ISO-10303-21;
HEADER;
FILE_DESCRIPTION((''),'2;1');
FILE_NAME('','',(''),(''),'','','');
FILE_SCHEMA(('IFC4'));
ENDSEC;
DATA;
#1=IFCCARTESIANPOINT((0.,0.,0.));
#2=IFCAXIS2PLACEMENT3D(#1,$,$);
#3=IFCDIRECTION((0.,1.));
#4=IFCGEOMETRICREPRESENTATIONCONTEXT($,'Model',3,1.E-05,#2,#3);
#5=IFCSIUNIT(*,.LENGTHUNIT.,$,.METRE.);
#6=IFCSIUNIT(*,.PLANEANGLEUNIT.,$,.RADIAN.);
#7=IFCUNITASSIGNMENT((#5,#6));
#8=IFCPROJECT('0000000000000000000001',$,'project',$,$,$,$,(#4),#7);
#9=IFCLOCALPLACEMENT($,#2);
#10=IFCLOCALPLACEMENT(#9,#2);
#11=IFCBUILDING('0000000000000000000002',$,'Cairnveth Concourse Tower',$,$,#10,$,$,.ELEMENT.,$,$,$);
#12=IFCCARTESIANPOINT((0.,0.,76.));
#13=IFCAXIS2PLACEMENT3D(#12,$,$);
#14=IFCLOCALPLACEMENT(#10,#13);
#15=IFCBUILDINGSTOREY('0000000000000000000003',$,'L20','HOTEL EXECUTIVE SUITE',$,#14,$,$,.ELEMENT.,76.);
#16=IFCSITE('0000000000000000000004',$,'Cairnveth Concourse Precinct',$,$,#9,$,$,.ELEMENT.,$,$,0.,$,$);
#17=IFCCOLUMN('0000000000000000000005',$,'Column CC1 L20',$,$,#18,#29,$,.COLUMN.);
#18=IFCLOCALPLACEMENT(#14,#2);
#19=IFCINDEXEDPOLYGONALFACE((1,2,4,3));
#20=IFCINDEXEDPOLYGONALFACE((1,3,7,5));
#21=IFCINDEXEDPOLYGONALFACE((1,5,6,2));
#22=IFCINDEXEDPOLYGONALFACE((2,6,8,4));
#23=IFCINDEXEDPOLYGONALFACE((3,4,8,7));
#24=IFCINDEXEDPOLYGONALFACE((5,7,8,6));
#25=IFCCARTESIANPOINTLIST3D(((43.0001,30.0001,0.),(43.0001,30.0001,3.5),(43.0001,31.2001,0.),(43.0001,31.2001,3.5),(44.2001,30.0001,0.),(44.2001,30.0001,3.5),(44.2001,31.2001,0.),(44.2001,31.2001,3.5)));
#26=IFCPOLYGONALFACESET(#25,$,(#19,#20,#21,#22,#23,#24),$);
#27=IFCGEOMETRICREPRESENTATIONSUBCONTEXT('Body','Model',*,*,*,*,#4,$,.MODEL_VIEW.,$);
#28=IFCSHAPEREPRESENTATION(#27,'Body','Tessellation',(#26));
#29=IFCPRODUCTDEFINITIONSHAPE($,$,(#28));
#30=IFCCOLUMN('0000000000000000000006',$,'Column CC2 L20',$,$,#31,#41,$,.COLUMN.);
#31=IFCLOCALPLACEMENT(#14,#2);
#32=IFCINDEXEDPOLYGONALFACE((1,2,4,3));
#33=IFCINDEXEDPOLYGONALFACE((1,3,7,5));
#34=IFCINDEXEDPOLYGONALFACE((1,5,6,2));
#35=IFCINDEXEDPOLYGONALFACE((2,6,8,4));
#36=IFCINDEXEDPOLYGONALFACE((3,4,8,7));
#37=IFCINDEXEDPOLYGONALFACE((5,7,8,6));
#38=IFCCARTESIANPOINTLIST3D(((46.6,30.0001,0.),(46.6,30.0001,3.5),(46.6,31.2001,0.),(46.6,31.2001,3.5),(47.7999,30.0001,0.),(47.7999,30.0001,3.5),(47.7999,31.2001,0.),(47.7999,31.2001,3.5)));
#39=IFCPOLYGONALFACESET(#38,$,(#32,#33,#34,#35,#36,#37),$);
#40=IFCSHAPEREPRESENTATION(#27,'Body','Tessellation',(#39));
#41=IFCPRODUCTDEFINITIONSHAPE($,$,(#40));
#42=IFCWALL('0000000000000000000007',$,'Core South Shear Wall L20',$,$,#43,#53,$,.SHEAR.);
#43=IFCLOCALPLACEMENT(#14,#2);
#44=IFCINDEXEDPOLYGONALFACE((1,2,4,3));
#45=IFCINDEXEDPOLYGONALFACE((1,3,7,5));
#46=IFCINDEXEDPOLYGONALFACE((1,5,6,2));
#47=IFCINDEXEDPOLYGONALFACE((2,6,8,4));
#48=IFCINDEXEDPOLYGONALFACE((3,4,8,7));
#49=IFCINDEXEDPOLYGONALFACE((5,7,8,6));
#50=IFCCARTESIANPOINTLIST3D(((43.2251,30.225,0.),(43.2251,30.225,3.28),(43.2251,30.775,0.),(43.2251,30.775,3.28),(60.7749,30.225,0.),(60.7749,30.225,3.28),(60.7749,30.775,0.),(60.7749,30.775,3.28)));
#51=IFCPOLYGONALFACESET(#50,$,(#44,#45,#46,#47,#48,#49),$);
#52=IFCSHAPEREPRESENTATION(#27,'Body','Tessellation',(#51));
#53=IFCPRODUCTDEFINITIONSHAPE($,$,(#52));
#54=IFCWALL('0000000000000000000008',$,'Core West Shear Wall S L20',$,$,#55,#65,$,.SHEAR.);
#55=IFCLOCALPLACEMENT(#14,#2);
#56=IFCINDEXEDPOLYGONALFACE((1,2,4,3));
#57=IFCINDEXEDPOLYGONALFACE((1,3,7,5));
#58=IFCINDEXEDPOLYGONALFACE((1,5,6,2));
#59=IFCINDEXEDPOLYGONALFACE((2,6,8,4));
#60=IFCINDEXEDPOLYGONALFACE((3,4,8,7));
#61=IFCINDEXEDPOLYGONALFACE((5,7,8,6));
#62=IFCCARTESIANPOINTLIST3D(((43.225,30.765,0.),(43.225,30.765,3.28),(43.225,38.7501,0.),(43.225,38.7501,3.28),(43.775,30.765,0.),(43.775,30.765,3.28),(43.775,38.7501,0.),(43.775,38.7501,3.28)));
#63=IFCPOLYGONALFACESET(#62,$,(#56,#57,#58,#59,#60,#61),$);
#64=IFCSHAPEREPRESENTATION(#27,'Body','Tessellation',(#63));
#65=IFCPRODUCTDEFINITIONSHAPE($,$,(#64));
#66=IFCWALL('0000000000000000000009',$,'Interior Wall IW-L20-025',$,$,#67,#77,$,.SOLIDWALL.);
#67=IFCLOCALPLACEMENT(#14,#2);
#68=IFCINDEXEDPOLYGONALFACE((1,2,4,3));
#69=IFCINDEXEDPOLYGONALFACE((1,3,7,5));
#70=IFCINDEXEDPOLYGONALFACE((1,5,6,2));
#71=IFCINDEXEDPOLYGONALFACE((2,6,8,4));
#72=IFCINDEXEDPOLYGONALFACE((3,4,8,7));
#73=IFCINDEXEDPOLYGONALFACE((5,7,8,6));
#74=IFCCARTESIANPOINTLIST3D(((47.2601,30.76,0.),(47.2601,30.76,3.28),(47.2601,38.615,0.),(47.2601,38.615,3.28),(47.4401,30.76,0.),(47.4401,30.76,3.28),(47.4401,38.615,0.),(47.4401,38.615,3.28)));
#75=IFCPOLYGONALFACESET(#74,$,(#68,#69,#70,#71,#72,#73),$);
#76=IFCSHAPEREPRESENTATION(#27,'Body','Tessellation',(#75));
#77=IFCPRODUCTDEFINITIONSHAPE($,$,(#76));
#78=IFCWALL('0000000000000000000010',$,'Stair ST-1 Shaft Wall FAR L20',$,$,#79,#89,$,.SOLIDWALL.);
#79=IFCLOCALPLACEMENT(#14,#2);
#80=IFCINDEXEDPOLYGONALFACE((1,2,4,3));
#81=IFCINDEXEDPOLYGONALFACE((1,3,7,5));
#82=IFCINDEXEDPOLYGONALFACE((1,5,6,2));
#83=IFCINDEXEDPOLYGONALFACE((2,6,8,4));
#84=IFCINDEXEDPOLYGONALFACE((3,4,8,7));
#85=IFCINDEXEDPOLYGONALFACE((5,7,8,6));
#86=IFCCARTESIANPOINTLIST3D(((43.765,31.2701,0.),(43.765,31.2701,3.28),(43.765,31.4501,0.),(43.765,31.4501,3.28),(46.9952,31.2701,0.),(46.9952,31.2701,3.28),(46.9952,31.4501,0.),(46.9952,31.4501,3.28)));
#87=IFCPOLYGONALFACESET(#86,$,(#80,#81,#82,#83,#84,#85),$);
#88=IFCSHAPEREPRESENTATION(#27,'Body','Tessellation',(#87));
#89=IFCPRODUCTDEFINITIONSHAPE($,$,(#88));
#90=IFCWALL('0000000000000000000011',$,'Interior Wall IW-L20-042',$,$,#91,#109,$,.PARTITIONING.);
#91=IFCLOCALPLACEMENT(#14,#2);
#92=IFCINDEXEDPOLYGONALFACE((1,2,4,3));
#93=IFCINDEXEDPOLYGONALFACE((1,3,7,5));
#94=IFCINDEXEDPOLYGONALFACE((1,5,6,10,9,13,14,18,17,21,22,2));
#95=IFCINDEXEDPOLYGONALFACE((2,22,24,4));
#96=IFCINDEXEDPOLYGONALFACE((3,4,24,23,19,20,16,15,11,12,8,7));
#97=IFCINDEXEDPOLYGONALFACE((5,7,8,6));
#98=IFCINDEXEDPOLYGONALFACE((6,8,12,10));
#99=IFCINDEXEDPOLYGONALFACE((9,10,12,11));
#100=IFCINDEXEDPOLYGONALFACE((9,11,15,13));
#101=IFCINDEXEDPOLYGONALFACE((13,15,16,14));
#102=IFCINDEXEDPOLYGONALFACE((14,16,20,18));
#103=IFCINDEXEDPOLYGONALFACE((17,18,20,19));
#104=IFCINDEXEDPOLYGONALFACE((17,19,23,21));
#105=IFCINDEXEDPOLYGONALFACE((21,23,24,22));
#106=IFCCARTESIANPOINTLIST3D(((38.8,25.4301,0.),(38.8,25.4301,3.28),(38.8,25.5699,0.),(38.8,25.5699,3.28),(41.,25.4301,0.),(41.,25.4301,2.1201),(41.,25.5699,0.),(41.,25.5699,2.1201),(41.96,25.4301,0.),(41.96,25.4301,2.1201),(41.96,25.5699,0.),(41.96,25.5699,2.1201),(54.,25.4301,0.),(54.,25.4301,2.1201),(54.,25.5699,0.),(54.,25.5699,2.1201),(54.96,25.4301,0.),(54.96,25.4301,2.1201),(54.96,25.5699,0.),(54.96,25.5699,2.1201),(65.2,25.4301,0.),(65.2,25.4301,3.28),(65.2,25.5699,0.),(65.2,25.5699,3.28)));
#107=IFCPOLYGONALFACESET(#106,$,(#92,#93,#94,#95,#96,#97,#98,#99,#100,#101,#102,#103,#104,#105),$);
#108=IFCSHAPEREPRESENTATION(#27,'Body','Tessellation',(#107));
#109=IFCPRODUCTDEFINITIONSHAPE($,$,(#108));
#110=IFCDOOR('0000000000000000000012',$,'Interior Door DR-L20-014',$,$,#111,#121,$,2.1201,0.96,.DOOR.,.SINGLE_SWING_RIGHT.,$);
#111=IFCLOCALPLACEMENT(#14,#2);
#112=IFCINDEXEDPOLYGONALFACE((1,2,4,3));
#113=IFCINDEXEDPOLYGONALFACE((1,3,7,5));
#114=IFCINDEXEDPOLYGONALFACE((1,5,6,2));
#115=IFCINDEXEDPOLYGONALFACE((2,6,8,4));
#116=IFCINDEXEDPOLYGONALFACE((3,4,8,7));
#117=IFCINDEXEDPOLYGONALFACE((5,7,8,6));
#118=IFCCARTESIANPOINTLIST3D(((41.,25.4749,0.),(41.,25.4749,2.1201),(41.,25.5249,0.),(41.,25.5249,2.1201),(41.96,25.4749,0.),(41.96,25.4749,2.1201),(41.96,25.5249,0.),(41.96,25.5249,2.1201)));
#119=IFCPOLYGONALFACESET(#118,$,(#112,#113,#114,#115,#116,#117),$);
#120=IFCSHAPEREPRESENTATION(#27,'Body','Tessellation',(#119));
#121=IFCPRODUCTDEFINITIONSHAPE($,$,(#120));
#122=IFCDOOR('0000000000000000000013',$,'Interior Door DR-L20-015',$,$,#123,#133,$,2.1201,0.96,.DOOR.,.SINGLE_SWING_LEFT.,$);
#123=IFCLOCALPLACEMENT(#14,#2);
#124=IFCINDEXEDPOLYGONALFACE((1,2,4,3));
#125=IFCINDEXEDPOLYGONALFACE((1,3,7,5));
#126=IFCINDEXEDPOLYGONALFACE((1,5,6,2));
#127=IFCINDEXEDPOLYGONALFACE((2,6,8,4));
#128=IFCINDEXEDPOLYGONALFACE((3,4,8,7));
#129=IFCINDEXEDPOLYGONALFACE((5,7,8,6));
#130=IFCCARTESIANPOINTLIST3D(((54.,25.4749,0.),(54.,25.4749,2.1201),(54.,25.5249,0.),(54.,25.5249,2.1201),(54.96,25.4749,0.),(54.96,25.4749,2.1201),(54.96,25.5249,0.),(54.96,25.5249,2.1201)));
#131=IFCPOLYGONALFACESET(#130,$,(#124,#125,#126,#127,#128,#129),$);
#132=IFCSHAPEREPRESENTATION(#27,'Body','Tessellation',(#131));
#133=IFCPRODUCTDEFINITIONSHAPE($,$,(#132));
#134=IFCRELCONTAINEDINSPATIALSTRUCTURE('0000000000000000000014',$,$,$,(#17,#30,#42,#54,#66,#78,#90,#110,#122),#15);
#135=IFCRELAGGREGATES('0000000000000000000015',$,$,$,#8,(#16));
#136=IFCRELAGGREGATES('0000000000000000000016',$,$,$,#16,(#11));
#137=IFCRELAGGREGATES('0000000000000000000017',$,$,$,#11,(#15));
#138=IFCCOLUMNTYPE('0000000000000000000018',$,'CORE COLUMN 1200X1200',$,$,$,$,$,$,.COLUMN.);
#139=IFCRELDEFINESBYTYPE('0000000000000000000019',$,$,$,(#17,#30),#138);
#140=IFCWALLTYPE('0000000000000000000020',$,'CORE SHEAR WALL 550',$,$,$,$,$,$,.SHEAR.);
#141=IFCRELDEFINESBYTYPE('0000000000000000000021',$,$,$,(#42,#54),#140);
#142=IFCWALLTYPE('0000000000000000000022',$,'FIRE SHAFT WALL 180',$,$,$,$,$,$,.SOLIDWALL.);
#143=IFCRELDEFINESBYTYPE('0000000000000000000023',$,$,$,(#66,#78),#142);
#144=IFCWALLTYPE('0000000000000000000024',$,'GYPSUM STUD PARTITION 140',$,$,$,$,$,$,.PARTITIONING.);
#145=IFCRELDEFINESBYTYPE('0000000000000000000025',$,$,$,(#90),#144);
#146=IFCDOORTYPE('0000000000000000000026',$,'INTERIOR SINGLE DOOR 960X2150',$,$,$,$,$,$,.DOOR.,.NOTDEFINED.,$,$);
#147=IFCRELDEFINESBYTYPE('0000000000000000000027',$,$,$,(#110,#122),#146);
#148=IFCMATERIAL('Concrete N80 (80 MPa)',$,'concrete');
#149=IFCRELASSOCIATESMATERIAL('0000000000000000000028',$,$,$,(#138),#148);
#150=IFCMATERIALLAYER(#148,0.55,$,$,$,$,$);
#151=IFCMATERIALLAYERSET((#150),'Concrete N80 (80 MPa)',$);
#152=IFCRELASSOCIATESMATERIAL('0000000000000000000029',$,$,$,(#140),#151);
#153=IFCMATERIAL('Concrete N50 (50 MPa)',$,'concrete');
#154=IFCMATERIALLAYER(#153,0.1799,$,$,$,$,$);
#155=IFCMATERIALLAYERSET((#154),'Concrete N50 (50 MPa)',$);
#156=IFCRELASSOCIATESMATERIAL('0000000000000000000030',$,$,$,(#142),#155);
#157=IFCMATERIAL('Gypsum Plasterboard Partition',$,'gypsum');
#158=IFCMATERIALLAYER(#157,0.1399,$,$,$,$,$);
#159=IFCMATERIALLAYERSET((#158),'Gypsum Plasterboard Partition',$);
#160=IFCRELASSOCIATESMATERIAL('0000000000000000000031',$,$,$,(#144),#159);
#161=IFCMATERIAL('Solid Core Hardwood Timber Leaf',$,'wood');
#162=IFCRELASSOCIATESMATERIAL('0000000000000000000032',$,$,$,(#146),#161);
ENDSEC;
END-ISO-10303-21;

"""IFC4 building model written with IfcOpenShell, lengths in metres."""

from ifc_helpers import new_model, si_unit, direction, frame, frame_2d, origin, origin_2d, place, context, subcontext, project, spatial, rectangle, extrude, material, layer, layer_set, material_profile, profile_set, type_object, element, fill, save


model = new_model("IFC4")

# Units and contexts
model_context = context("Model", 3, precision=1e-05, world=origin(), true_north=direction((0.0, 1.0)))
body_context = subcontext(model_context, "Body", "Model", "MODEL_VIEW")
ifc_project = project(units=[si_unit("LENGTHUNIT", "METRE"), si_unit("PLANEANGLEUNIT", "RADIAN")], contexts=[model_context])

# Site, building, storey
site_placement = place(None, origin())
site = spatial("IfcSite", under=ifc_project, at=site_placement, Name="Cairnveth Concourse Precinct", CompositionType="ELEMENT", RefElevation=0.0)
building_placement = place(site_placement, origin())
building = spatial("IfcBuilding", under=site, at=building_placement, Name="Cairnveth Concourse Tower", CompositionType="ELEMENT")
storey_placement = place(building_placement, frame((0.0, 0.0, 76.0)))
storey = spatial("IfcBuildingStorey", under=building, at=storey_placement, Name="L20", Description="HOTEL EXECUTIVE SUITE", CompositionType="ELEMENT", Elevation=76.0)

# Columns
ifc_material_1 = material(Name="Concrete N80 (80 MPa)", Category="concrete")
ifc_material_profile = material_profile(ifc_material_1, rectangle(XDim=1.2, YDim=1.2, at=origin_2d()), Name="RC-COL-1200x1200")
ifc_profile_set = profile_set([ifc_material_profile], Name="Concrete N80 (80 MPa)")
column_type = type_object("IfcColumnType", Name="CORE COLUMN 1200X1200", PredefinedType="COLUMN", material=ifc_profile_set)
for number, where, z_axis, x_axis, name in (
    (1, (43.6001, 30.6001, 0.0), (0.0, 0.0, 1.0), (1.0, 0.0, 0.0), "Column CC1 L20"),
    (2, (47.2, 30.6001, 0.0), (0.0, 0.0, 1.0), (1.0, 0.0, 0.0), "Column CC2 L20"),
):
    element("IfcColumn", number, at=place(storey_placement, frame(where, z_axis=z_axis, x_axis=x_axis)), inside=storey, type_object=column_type, Name=name, PredefinedType="COLUMN", context=body_context, shape_type="SweptSolid", body=[
        extrude(rectangle(XDim=1.2, YDim=1.2, at=origin_2d()), origin(), (0.0, 0.0, 1.0), 3.5),
    ])

# Walls
ifc_layer_1 = layer(ifc_material_1, 0.55)
ifc_layer_set_1 = layer_set([ifc_layer_1], Name="Concrete N80 (80 MPa)")
wall_type_1 = type_object("IfcWallType", Name="CORE SHEAR WALL 550", PredefinedType="SHEAR", material=ifc_layer_set_1)
wall_1_placement = place(storey_placement, frame((43.2251, 30.5, 0.0), z_axis=(0.0, 0.0, 1.0), x_axis=(1.0, 0.0, 0.0)))
element("IfcWall", 3, at=wall_1_placement, inside=storey, type_object=wall_type_1, Name="Core South Shear Wall L20", PredefinedType="SHEAR", context=body_context, shape_type="SweptSolid", body=[
    extrude(rectangle(XDim=17.5498, YDim=0.55, at=frame_2d((8.7749, 0.0))), origin(), (0.0, 0.0, 1.0), 3.28),
])
wall_2_placement = place(storey_placement, frame((43.5, 30.7649, 0.0), z_axis=(0.0, 0.0, 1.0), x_axis=(0.0, 1.0, 0.0)))
element("IfcWall", 4, at=wall_2_placement, inside=storey, type_object=wall_type_1, Name="Core West Shear Wall S L20", PredefinedType="SHEAR", context=body_context, shape_type="SweptSolid", body=[
    extrude(rectangle(XDim=7.9851, YDim=0.55, at=frame_2d((3.9927, 0.0))), origin(), (0.0, 0.0, 1.0), 3.28),
])
ifc_material_2 = material(Name="Concrete N50 (50 MPa)", Category="concrete")
ifc_layer_2 = layer(ifc_material_2, 0.1799)
ifc_layer_set_2 = layer_set([ifc_layer_2], Name="Concrete N50 (50 MPa)")
wall_type_2 = type_object("IfcWallType", Name="FIRE SHAFT WALL 180", PredefinedType="SOLIDWALL", material=ifc_layer_set_2)
wall_3_placement = place(storey_placement, frame((47.3501, 30.76, 0.0), z_axis=(0.0, 0.0, 1.0), x_axis=(0.0, 1.0, 0.0)))
element("IfcWall", 5, at=wall_3_placement, inside=storey, type_object=wall_type_2, Name="Interior Wall IW-L20-025", PredefinedType="SOLIDWALL", context=body_context, shape_type="SweptSolid", body=[
    extrude(rectangle(XDim=7.855, YDim=0.1799, at=frame_2d((3.9275, 0.0))), origin(), (0.0, 0.0, 1.0), 3.28),
])
wall_4_placement = place(storey_placement, frame((43.7649, 31.3601, 0.0), z_axis=(0.0, 0.0, 1.0), x_axis=(1.0, 0.0, 0.0)))
element("IfcWall", 6, at=wall_4_placement, inside=storey, type_object=wall_type_2, Name="Stair ST-1 Shaft Wall FAR L20", PredefinedType="SOLIDWALL", context=body_context, shape_type="SweptSolid", body=[
    extrude(rectangle(XDim=3.2302, YDim=0.1799, at=frame_2d((1.6152, 0.0))), origin(), (0.0, 0.0, 1.0), 3.28),
])

# Wall, openings, doors
ifc_material_3 = material(Name="Gypsum Plasterboard Partition", Category="gypsum")
ifc_layer_3 = layer(ifc_material_3, 0.1399)
ifc_layer_set_3 = layer_set([ifc_layer_3], Name="Gypsum Plasterboard Partition")
wall_type_3 = type_object("IfcWallType", Name="GYPSUM STUD PARTITION 140", PredefinedType="PARTITIONING", material=ifc_layer_set_3)
wall_5_placement = place(storey_placement, frame((38.8, 25.5, 0.0), z_axis=(0.0, 0.0, 1.0), x_axis=(1.0, 0.0, 0.0)))
wall_5 = element("IfcWall", 7, at=wall_5_placement, inside=storey, type_object=wall_type_3, Name="Interior Wall IW-L20-042", PredefinedType="PARTITIONING", context=body_context, shape_type="SweptSolid", body=[
    extrude(rectangle(XDim=26.3999, YDim=0.1399, at=frame_2d((13.2, 0.0))), origin(), (0.0, 0.0, 1.0), 3.28),
])
opening_1_placement = place(wall_5_placement, frame((2.2, 0.0, 0.0)))
opening_1 = element("IfcOpeningElement", 8, at=opening_1_placement, cuts=wall_5, PredefinedType="OPENING", context=body_context, shape_type="SweptSolid", body=[
    extrude(rectangle(XDim=0.96, YDim=2.1201, at=frame_2d((0.48, 1.0601))), frame((0.0, 0.0798, 0.0), z_axis=(0.0, -1.0, 0.0), x_axis=(1.0, 0.0, 0.0)), (0.0, 0.0, 1.0), 0.1599),
])
opening_2_placement = place(wall_5_placement, frame((15.2, 0.0, 0.0)))
opening_2 = element("IfcOpeningElement", 9, at=opening_2_placement, cuts=wall_5, PredefinedType="OPENING", context=body_context, shape_type="SweptSolid", body=[
    extrude(rectangle(XDim=0.96, YDim=2.1201, at=frame_2d((0.48, 1.0601))), frame((0.0, 0.0798, 0.0), z_axis=(0.0, -1.0, 0.0), x_axis=(1.0, 0.0, 0.0)), (0.0, 0.0, 1.0), 0.1599),
])
ifc_material_4 = material(Name="Solid Core Hardwood Timber Leaf", Category="wood")
door_type_1 = type_object("IfcDoorType", Name="INTERIOR SINGLE DOOR 960X2150", OperationType="NOTDEFINED", PredefinedType="DOOR", material=ifc_material_4)
door_1_placement = place(opening_1_placement, origin())
door_1 = element("IfcDoor", 10, at=door_1_placement, inside=storey, type_object=door_type_1, Name="Interior Door DR-L20-014", OperationType="SINGLE_SWING_RIGHT", OverallHeight=2.1201, OverallWidth=0.96, PredefinedType="DOOR", context=body_context, shape_type="SweptSolid", body=[
    extrude(rectangle(XDim=0.96, YDim=2.1201, at=frame_2d((0.48, 1.0601))), frame((0.0, 0.0249, 0.0), z_axis=(0.0, -1.0, 0.0), x_axis=(1.0, 0.0, 0.0)), (0.0, 0.0, 1.0), 0.05),
])
fill(opening_1, door_1)
door_2_placement = place(opening_2_placement, origin())
door_2 = element("IfcDoor", 11, at=door_2_placement, inside=storey, type_object=door_type_1, Name="Interior Door DR-L20-015", OperationType="SINGLE_SWING_LEFT", OverallHeight=2.1201, OverallWidth=0.96, PredefinedType="DOOR", context=body_context, shape_type="SweptSolid", body=[
    extrude(rectangle(XDim=0.96, YDim=2.1201, at=frame_2d((0.48, 1.0601))), frame((0.0, 0.0249, 0.0), z_axis=(0.0, -1.0, 0.0), x_axis=(1.0, 0.0, 0.0)), (0.0, 0.0, 1.0), 0.05),
])
fill(opening_2, door_2)

save(model, "model.ifc")
